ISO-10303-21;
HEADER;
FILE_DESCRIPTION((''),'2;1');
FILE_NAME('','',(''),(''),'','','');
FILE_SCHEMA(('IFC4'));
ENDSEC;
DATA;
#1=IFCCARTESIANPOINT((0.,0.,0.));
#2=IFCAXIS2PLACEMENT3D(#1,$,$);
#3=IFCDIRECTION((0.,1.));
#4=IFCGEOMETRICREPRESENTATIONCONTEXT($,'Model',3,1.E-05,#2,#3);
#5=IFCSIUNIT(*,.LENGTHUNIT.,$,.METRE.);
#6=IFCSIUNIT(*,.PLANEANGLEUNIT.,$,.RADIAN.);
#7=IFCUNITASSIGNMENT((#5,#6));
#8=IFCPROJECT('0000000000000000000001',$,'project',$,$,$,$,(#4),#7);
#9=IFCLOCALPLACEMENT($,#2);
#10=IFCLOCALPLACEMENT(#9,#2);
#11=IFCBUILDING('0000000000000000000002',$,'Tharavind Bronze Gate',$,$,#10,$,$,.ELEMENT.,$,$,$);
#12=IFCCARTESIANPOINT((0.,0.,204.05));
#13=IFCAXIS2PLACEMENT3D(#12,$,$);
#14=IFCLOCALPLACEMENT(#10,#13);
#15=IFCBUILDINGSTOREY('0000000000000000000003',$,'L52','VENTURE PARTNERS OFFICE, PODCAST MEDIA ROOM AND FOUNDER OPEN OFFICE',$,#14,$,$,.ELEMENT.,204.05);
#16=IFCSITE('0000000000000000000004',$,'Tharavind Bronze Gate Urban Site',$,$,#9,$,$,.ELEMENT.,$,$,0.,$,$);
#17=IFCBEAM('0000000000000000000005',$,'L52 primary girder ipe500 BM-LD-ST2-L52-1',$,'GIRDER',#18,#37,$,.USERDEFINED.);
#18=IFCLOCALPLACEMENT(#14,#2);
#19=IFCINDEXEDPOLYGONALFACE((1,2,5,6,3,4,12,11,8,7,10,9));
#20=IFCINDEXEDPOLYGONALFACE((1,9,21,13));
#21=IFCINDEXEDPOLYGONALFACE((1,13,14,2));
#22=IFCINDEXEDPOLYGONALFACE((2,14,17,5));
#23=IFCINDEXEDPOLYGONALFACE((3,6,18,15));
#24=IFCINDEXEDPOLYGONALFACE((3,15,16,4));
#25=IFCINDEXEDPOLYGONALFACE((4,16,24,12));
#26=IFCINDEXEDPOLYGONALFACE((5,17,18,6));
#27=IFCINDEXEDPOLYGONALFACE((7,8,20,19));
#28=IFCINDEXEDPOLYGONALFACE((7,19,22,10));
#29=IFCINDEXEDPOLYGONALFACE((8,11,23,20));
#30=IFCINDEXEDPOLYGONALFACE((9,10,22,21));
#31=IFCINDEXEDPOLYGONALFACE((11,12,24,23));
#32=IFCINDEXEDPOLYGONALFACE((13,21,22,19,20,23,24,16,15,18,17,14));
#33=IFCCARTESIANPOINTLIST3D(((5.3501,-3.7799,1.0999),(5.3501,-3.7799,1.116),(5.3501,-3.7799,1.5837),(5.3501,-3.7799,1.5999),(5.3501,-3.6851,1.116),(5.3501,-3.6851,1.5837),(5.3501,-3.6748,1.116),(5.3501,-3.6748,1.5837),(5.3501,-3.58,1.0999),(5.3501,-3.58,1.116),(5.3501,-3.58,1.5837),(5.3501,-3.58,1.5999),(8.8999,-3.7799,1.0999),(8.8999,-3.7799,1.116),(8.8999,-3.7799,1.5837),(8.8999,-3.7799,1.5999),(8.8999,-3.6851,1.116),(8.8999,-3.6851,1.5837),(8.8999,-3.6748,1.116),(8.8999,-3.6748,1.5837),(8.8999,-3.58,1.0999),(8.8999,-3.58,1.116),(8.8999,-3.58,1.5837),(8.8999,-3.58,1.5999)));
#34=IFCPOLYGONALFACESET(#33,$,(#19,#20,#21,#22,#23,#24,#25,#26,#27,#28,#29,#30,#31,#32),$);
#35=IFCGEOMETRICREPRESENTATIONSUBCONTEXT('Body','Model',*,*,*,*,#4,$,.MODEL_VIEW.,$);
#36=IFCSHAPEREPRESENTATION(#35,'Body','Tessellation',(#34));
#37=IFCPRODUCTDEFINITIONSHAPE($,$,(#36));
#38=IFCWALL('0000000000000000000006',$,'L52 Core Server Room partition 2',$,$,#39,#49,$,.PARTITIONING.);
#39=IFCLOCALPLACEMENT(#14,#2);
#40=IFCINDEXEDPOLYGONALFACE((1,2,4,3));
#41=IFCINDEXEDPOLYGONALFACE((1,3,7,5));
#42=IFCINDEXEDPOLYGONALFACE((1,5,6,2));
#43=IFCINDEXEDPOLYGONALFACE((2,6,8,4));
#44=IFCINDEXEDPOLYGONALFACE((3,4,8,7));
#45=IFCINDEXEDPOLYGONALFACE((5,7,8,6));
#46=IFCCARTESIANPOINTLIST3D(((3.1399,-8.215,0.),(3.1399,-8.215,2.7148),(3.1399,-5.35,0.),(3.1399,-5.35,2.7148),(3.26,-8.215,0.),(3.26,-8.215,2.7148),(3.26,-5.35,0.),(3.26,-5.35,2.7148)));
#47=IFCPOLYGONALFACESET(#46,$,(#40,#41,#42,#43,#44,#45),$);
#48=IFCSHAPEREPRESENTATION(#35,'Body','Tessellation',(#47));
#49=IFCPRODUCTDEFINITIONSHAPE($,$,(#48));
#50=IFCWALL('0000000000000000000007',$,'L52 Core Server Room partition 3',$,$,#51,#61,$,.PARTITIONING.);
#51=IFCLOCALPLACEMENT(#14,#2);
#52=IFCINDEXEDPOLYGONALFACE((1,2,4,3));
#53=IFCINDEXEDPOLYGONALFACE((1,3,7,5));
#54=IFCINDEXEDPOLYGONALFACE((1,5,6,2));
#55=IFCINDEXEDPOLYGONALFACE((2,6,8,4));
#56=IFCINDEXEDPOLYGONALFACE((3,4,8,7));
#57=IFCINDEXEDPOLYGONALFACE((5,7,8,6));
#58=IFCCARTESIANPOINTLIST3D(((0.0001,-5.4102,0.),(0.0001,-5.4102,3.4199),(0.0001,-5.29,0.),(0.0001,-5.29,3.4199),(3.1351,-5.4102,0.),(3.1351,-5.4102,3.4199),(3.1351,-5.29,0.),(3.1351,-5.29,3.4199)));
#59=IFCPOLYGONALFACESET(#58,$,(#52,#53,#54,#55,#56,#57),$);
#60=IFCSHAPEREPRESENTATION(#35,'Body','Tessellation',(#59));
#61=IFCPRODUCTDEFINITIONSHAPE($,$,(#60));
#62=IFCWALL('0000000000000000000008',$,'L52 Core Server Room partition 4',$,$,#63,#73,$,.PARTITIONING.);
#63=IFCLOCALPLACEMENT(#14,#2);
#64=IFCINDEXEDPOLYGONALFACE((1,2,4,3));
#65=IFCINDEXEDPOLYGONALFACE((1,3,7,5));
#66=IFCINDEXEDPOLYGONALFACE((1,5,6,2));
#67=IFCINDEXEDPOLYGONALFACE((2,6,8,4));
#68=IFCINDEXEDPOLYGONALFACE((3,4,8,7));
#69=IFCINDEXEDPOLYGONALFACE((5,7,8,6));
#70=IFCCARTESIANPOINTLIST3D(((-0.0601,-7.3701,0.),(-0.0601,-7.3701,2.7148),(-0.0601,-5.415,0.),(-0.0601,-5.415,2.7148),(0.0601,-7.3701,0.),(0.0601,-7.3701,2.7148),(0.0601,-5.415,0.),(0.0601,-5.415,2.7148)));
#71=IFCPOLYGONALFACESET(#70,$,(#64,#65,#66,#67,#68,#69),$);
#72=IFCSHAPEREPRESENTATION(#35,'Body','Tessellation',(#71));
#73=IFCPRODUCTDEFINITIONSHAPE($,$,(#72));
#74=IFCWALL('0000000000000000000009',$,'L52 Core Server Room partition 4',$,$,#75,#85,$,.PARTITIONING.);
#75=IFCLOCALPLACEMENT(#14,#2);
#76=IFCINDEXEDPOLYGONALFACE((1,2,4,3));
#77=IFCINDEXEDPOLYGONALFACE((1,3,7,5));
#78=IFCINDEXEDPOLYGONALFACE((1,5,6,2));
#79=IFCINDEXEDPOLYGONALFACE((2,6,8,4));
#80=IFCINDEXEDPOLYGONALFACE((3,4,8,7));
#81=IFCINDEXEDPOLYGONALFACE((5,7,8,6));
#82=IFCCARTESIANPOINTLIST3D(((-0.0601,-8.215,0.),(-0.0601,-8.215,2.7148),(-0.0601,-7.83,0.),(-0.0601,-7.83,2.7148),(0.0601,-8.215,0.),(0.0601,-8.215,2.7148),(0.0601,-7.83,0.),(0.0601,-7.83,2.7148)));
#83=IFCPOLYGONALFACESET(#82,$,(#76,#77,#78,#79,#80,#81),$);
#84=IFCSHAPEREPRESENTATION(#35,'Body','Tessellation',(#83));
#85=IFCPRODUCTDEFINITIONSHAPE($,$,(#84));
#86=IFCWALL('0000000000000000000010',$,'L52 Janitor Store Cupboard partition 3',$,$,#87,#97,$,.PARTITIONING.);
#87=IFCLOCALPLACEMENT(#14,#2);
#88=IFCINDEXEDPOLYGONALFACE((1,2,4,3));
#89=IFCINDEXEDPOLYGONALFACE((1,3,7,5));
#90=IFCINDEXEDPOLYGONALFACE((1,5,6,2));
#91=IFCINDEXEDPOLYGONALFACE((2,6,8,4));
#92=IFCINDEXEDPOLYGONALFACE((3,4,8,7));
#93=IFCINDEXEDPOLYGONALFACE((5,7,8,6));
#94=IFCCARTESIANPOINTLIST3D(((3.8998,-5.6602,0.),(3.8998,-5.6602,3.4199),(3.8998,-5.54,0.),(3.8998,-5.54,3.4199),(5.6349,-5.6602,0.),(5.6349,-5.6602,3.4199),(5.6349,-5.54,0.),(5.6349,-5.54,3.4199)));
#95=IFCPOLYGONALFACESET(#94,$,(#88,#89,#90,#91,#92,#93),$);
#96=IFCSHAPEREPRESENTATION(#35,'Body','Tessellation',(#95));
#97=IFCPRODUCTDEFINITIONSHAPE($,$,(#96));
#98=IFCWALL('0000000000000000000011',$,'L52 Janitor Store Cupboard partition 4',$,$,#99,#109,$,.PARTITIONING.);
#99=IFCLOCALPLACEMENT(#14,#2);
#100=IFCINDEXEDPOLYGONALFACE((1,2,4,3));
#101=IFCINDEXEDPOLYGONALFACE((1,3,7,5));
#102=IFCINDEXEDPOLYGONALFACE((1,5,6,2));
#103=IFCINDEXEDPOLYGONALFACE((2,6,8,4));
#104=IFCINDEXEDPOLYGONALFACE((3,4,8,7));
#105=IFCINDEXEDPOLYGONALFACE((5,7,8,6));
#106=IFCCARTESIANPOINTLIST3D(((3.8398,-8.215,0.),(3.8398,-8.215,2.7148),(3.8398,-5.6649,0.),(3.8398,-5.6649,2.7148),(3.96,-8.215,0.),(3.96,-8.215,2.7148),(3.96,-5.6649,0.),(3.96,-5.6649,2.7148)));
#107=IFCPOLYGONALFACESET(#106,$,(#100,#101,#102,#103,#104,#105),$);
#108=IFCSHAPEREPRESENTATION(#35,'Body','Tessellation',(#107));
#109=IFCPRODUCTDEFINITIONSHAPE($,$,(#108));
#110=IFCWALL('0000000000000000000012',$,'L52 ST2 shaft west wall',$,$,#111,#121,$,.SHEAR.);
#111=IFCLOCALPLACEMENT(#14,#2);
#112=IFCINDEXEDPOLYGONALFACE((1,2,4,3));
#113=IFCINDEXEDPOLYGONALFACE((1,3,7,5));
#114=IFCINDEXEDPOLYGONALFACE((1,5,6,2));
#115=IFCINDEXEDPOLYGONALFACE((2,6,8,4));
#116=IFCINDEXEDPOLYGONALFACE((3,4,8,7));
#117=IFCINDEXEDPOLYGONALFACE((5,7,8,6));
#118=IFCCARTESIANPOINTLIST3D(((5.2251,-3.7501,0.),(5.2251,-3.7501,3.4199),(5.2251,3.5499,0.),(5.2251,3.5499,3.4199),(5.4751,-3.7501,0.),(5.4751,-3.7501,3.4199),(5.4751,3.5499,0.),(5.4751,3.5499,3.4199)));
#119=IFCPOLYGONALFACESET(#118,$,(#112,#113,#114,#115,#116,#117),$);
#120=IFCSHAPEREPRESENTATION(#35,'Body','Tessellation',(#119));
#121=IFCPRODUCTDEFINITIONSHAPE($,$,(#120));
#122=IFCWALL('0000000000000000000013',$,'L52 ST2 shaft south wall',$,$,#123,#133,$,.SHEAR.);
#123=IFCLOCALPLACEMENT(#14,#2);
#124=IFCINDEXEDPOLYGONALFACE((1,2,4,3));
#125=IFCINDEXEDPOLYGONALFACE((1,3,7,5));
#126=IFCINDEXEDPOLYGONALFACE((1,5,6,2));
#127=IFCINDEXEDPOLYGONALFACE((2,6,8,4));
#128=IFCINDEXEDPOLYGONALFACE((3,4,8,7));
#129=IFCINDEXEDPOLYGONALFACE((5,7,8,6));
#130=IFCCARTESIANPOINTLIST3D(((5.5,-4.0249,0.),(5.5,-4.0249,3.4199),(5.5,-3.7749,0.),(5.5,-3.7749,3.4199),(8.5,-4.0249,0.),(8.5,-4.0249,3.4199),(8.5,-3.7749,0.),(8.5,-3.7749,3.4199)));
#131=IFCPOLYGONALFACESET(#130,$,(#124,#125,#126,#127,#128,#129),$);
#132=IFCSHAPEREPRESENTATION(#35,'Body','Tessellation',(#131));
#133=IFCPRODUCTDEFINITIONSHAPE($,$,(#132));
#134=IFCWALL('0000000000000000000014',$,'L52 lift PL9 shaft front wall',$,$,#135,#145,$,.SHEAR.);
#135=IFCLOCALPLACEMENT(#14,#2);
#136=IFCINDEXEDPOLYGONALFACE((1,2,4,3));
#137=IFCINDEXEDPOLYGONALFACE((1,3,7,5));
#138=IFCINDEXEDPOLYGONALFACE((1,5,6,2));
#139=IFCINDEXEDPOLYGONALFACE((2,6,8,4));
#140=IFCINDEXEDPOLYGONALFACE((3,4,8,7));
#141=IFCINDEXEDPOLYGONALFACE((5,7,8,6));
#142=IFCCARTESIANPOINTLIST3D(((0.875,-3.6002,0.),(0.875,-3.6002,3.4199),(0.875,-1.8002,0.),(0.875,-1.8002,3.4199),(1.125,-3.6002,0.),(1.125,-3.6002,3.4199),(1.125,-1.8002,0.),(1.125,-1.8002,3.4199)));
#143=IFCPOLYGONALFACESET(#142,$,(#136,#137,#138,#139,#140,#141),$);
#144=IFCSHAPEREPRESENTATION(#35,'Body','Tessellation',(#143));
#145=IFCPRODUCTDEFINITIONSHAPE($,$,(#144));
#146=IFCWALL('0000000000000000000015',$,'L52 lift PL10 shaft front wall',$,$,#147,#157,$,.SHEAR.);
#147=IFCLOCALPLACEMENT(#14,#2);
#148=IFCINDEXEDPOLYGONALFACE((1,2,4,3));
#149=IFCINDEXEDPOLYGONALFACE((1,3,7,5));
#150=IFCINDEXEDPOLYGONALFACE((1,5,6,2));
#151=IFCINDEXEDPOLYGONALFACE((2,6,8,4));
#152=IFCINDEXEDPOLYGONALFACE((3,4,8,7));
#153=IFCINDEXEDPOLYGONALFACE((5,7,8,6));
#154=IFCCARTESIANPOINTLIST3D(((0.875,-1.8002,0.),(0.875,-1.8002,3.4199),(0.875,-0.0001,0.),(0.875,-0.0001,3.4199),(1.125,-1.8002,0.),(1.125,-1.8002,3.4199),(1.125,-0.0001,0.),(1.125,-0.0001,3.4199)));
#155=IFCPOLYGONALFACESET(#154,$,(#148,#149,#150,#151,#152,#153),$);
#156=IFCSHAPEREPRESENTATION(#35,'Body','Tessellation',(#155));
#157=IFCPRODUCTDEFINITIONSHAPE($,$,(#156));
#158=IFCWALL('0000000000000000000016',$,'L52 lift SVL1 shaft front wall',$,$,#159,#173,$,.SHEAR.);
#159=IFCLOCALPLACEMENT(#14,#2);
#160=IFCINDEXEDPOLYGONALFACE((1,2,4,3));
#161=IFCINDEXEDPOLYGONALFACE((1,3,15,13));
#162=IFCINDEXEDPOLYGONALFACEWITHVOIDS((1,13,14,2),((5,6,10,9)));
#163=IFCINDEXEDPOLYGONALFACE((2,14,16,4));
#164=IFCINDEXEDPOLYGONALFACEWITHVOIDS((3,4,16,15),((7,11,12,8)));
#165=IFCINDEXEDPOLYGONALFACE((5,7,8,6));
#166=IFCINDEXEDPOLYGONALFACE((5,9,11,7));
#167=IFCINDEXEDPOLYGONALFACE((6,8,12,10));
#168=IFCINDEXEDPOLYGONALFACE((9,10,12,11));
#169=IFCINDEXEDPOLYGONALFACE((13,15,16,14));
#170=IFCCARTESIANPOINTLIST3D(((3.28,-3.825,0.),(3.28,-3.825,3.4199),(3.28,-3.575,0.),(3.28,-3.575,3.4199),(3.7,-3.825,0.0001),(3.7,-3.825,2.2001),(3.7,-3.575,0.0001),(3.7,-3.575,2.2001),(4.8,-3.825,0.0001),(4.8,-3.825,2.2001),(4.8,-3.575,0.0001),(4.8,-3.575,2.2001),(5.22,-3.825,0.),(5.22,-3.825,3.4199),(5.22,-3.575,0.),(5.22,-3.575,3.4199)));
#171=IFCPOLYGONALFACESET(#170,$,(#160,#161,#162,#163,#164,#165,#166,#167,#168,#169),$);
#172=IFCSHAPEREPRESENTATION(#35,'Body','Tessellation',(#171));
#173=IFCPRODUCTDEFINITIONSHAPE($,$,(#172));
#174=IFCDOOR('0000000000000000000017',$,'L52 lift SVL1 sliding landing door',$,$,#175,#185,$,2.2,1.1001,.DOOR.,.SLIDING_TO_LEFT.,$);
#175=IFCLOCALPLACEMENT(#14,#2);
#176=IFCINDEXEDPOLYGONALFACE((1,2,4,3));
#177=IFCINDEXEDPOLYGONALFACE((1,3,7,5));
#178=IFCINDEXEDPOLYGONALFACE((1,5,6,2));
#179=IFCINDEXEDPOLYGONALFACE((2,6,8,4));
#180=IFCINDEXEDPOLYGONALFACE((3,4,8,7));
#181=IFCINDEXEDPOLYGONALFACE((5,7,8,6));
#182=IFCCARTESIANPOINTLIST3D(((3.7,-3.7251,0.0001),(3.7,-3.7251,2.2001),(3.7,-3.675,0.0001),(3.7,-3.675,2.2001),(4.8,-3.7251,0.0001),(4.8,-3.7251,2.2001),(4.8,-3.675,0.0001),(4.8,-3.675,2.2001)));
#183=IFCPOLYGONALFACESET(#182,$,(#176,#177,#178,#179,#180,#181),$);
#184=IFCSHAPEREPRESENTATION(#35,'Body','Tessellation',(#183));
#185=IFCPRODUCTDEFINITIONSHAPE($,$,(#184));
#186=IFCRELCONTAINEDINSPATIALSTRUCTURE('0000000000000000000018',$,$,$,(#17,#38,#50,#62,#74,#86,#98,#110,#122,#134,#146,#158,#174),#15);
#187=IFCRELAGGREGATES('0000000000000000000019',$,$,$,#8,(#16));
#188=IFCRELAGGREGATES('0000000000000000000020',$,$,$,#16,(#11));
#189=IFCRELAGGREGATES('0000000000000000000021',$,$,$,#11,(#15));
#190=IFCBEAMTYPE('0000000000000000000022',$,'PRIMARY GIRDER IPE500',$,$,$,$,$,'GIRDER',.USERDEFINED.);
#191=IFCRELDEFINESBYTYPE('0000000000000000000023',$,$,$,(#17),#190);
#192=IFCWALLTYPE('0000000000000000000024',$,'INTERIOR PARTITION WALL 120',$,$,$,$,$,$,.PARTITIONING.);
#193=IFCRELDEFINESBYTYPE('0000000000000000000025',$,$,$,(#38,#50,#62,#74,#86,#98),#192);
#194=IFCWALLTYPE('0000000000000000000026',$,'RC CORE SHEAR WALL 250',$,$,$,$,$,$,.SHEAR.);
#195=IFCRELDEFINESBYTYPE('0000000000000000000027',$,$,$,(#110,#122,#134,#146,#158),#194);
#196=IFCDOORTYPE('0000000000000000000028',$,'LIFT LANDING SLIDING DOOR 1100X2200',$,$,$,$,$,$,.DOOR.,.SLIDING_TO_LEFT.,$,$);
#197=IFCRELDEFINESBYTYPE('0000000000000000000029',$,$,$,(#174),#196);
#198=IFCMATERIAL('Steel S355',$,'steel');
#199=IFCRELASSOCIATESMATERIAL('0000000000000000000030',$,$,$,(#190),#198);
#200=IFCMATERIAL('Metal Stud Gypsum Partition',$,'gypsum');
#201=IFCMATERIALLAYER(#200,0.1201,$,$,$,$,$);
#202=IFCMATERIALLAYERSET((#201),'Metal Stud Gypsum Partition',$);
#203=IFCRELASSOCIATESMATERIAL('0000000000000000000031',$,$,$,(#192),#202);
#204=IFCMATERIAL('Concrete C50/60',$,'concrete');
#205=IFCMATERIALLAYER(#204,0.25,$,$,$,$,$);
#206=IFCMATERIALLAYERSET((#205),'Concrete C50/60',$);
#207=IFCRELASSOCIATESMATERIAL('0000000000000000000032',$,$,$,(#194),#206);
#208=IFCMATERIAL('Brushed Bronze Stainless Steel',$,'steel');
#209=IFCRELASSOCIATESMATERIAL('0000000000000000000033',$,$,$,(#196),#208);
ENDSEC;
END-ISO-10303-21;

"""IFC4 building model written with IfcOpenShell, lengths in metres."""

from ifc_helpers import new_model, si_unit, direction, frame, frame_2d, origin, origin_2d, place, context, subcontext, project, spatial, rectangle, i_section, extrude, material, layer, layer_set, material_profile, profile_set, type_object, element, fill, save


model = new_model("IFC4")

# Units and contexts
model_context = context("Model", 3, precision=1e-05, world=origin(), true_north=direction((0.0, 1.0)))
body_context = subcontext(model_context, "Body", "Model", "MODEL_VIEW")
ifc_project = project(units=[si_unit("LENGTHUNIT", "METRE"), si_unit("PLANEANGLEUNIT", "RADIAN")], contexts=[model_context])

# Site, building, storey
site_placement = place(None, origin())
site = spatial("IfcSite", under=ifc_project, at=site_placement, Name="Tharavind Bronze Gate Urban Site", CompositionType="ELEMENT", RefElevation=0.0)
building_placement = place(site_placement, origin())
building = spatial("IfcBuilding", under=site, at=building_placement, Name="Tharavind Bronze Gate", CompositionType="ELEMENT")
storey_placement = place(building_placement, frame((0.0, 0.0, 204.05)))
storey = spatial("IfcBuildingStorey", under=building, at=storey_placement, Name="L52", Description="VENTURE PARTNERS OFFICE, PODCAST MEDIA ROOM AND FOUNDER OPEN OFFICE", CompositionType="ELEMENT", Elevation=204.05)

# Beam
ifc_material_1 = material(Name="Steel S355", Category="steel")
ifc_material_profile = material_profile(ifc_material_1, i_section(OverallWidth=0.2, OverallDepth=0.5, WebThickness=0.0103, FlangeThickness=0.0161, at=origin_2d()), Name="IPE500")
ifc_profile_set = profile_set([ifc_material_profile], Name="Steel S355")
beam_type = type_object("IfcBeamType", Name="PRIMARY GIRDER IPE500", ElementType="GIRDER", PredefinedType="USERDEFINED", material=ifc_profile_set)
beam_placement = place(storey_placement, frame((5.3501, -3.6799, 1.3499), z_axis=(1.0, 0.0, 0.0), x_axis=(0.0, 1.0, 0.0)))
element("IfcBeam", 1, at=beam_placement, inside=storey, type_object=beam_type, Name="L52 primary girder ipe500 BM-LD-ST2-L52-1", ObjectType="GIRDER", PredefinedType="USERDEFINED", context=body_context, shape_type="SweptSolid", body=[
    extrude(i_section(OverallWidth=0.2, OverallDepth=0.5, WebThickness=0.0103, FlangeThickness=0.0161, at=origin_2d()), origin(), (0.0, 0.0, 1.0), 3.5498),
])

# Walls
ifc_material_2 = material(Name="Metal Stud Gypsum Partition", Category="gypsum")
ifc_layer_1 = layer(ifc_material_2, 0.1201)
ifc_layer_set_1 = layer_set([ifc_layer_1], Name="Metal Stud Gypsum Partition")
wall_type_1 = type_object("IfcWallType", Name="INTERIOR PARTITION WALL 120", PredefinedType="PARTITIONING", material=ifc_layer_set_1)
wall_1_placement = place(storey_placement, frame((3.2, -8.2151, 0.0), z_axis=(0.0, 0.0, 1.0), x_axis=(0.0, 1.0, 0.0)))
element("IfcWall", 2, at=wall_1_placement, inside=storey, type_object=wall_type_1, Name="L52 Core Server Room partition 2", PredefinedType="PARTITIONING", context=body_context, shape_type="SweptSolid", body=[
    extrude(rectangle(XDim=2.865, YDim=0.1201, at=frame_2d((1.4326, 0.0))), origin(), (0.0, 0.0, 1.0), 2.7148),
])
wall_2_placement = place(storey_placement, frame((3.135, -5.3501, 0.0), z_axis=(0.0, 0.0, 1.0), x_axis=(-1.0, 0.0, 0.0)))
element("IfcWall", 3, at=wall_2_placement, inside=storey, type_object=wall_type_1, Name="L52 Core Server Room partition 3", PredefinedType="PARTITIONING", context=body_context, shape_type="SweptSolid", body=[
    extrude(rectangle(XDim=3.135, YDim=0.1201, at=frame_2d((1.5674, 0.0))), origin(), (0.0, 0.0, 1.0), 3.4199),
])
wall_3_placement = place(storey_placement, frame((0.0, -5.415, 0.0), z_axis=(0.0, 0.0, 1.0), x_axis=(0.0, -1.0, 0.0)))
element("IfcWall", 4, at=wall_3_placement, inside=storey, type_object=wall_type_1, Name="L52 Core Server Room partition 4", PredefinedType="PARTITIONING", context=body_context, shape_type="SweptSolid", body=[
    extrude(rectangle(XDim=1.9551, YDim=0.1201, at=frame_2d((0.9775, 0.0))), origin(), (0.0, 0.0, 1.0), 2.7148),
])
wall_4_placement = place(storey_placement, frame((0.0, -7.8301, 0.0), z_axis=(0.0, 0.0, 1.0), x_axis=(0.0, -1.0, 0.0)))
element("IfcWall", 5, at=wall_4_placement, inside=storey, type_object=wall_type_1, Name="L52 Core Server Room partition 4", PredefinedType="PARTITIONING", context=body_context, shape_type="SweptSolid", body=[
    extrude(rectangle(XDim=0.385, YDim=0.1201, at=frame_2d((0.1924, 0.0))), origin(), (0.0, 0.0, 1.0), 2.7148),
])
wall_5_placement = place(storey_placement, frame((5.635, -5.6001, 0.0), z_axis=(0.0, 0.0, 1.0), x_axis=(-1.0, 0.0, 0.0)))
element("IfcWall", 6, at=wall_5_placement, inside=storey, type_object=wall_type_1, Name="L52 Janitor Store Cupboard partition 3", PredefinedType="PARTITIONING", context=body_context, shape_type="SweptSolid", body=[
    extrude(rectangle(XDim=1.7351, YDim=0.1201, at=frame_2d((0.8677, 0.0))), origin(), (0.0, 0.0, 1.0), 3.4199),
])
wall_6_placement = place(storey_placement, frame((3.8999, -5.665, 0.0), z_axis=(0.0, 0.0, 1.0), x_axis=(0.0, -1.0, 0.0)))
element("IfcWall", 7, at=wall_6_placement, inside=storey, type_object=wall_type_1, Name="L52 Janitor Store Cupboard partition 4", PredefinedType="PARTITIONING", context=body_context, shape_type="SweptSolid", body=[
    extrude(rectangle(XDim=2.55, YDim=0.1201, at=frame_2d((1.2749, 0.0))), origin(), (0.0, 0.0, 1.0), 2.7148),
])
ifc_material_3 = material(Name="Concrete C50/60", Category="concrete")
ifc_layer_2 = layer(ifc_material_3, 0.25)
ifc_layer_set_2 = layer_set([ifc_layer_2], Name="Concrete C50/60")
wall_type_2 = type_object("IfcWallType", Name="RC CORE SHEAR WALL 250", PredefinedType="SHEAR", material=ifc_layer_set_2)
wall_7_placement = place(storey_placement, frame((5.3501, -3.75, 0.0), z_axis=(0.0, 0.0, 1.0), x_axis=(0.0, 1.0, 0.0)))
element("IfcWall", 8, at=wall_7_placement, inside=storey, type_object=wall_type_2, Name="L52 ST2 shaft west wall", PredefinedType="SHEAR", context=body_context, shape_type="SweptSolid", body=[
    extrude(rectangle(XDim=7.3, YDim=0.25, at=frame_2d((3.6499, 0.0))), origin(), (0.0, 0.0, 1.0), 3.4199),
])
wall_8_placement = place(storey_placement, frame((5.5, -3.8999, 0.0), z_axis=(0.0, 0.0, 1.0), x_axis=(1.0, 0.0, 0.0)))
element("IfcWall", 9, at=wall_8_placement, inside=storey, type_object=wall_type_2, Name="L52 ST2 shaft south wall", PredefinedType="SHEAR", context=body_context, shape_type="SweptSolid", body=[
    extrude(rectangle(XDim=3.0, YDim=0.25, at=frame_2d((1.5, 0.0))), origin(), (0.0, 0.0, 1.0), 3.4199),
])
for number, where, z_axis, x_axis, name in (
    (10, (1.0, -3.6001, 0.0), (0.0, 0.0, 1.0), (0.0, 1.0, 0.0), "L52 lift PL9 shaft front wall"),
    (11, (1.0, -1.8, 0.0), (0.0, 0.0, 1.0), (0.0, 1.0, 0.0), "L52 lift PL10 shaft front wall"),
):
    element("IfcWall", number, at=place(storey_placement, frame(where, z_axis=z_axis, x_axis=x_axis)), inside=storey, type_object=wall_type_2, Name=name, PredefinedType="SHEAR", context=body_context, shape_type="SweptSolid", body=[
        extrude(rectangle(XDim=1.8, YDim=0.25, at=frame_2d((0.8999, 0.0))), origin(), (0.0, 0.0, 1.0), 3.4199),
    ])

# Wall, opening, door
wall_9_placement = place(storey_placement, frame((3.28, -3.7, 0.0), z_axis=(0.0, 0.0, 1.0), x_axis=(1.0, 0.0, 0.0)))
wall_9 = element("IfcWall", 12, at=wall_9_placement, inside=storey, type_object=wall_type_2, Name="L52 lift SVL1 shaft front wall", PredefinedType="SHEAR", context=body_context, shape_type="SweptSolid", body=[
    extrude(rectangle(XDim=1.9399, YDim=0.25, at=frame_2d((0.97, 0.0))), origin(), (0.0, 0.0, 1.0), 3.4199),
])
opening_placement = place(wall_9_placement, frame((0.4199, 0.0, 0.0)))
opening = element("IfcOpeningElement", 13, at=opening_placement, cuts=wall_9, PredefinedType="OPENING", context=body_context, shape_type="SweptSolid", body=[
    extrude(rectangle(XDim=1.1001, YDim=2.2, at=frame_2d((0.55, 1.1001))), frame((0.0, 0.135, 0.0), z_axis=(0.0, -1.0, 0.0), x_axis=(1.0, 0.0, 0.0)), (0.0, 0.0, 1.0), 0.27),
])
ifc_material_4 = material(Name="Brushed Bronze Stainless Steel", Category="steel")
door_type = type_object("IfcDoorType", Name="LIFT LANDING SLIDING DOOR 1100X2200", OperationType="SLIDING_TO_LEFT", PredefinedType="DOOR", material=ifc_material_4)
door_placement = place(opening_placement, origin())
door = element("IfcDoor", 14, at=door_placement, inside=storey, type_object=door_type, Name="L52 lift SVL1 sliding landing door", OperationType="SLIDING_TO_LEFT", OverallHeight=2.2, OverallWidth=1.1001, PredefinedType="DOOR", context=body_context, shape_type="SweptSolid", body=[
    extrude(rectangle(XDim=1.1001, YDim=2.2, at=frame_2d((0.55, 1.1001))), frame((0.0, 0.0249, 0.0), z_axis=(0.0, -1.0, 0.0), x_axis=(1.0, 0.0, 0.0)), (0.0, 0.0, 1.0), 0.05),
])
fill(opening, door)

save(model, "model.ifc")
